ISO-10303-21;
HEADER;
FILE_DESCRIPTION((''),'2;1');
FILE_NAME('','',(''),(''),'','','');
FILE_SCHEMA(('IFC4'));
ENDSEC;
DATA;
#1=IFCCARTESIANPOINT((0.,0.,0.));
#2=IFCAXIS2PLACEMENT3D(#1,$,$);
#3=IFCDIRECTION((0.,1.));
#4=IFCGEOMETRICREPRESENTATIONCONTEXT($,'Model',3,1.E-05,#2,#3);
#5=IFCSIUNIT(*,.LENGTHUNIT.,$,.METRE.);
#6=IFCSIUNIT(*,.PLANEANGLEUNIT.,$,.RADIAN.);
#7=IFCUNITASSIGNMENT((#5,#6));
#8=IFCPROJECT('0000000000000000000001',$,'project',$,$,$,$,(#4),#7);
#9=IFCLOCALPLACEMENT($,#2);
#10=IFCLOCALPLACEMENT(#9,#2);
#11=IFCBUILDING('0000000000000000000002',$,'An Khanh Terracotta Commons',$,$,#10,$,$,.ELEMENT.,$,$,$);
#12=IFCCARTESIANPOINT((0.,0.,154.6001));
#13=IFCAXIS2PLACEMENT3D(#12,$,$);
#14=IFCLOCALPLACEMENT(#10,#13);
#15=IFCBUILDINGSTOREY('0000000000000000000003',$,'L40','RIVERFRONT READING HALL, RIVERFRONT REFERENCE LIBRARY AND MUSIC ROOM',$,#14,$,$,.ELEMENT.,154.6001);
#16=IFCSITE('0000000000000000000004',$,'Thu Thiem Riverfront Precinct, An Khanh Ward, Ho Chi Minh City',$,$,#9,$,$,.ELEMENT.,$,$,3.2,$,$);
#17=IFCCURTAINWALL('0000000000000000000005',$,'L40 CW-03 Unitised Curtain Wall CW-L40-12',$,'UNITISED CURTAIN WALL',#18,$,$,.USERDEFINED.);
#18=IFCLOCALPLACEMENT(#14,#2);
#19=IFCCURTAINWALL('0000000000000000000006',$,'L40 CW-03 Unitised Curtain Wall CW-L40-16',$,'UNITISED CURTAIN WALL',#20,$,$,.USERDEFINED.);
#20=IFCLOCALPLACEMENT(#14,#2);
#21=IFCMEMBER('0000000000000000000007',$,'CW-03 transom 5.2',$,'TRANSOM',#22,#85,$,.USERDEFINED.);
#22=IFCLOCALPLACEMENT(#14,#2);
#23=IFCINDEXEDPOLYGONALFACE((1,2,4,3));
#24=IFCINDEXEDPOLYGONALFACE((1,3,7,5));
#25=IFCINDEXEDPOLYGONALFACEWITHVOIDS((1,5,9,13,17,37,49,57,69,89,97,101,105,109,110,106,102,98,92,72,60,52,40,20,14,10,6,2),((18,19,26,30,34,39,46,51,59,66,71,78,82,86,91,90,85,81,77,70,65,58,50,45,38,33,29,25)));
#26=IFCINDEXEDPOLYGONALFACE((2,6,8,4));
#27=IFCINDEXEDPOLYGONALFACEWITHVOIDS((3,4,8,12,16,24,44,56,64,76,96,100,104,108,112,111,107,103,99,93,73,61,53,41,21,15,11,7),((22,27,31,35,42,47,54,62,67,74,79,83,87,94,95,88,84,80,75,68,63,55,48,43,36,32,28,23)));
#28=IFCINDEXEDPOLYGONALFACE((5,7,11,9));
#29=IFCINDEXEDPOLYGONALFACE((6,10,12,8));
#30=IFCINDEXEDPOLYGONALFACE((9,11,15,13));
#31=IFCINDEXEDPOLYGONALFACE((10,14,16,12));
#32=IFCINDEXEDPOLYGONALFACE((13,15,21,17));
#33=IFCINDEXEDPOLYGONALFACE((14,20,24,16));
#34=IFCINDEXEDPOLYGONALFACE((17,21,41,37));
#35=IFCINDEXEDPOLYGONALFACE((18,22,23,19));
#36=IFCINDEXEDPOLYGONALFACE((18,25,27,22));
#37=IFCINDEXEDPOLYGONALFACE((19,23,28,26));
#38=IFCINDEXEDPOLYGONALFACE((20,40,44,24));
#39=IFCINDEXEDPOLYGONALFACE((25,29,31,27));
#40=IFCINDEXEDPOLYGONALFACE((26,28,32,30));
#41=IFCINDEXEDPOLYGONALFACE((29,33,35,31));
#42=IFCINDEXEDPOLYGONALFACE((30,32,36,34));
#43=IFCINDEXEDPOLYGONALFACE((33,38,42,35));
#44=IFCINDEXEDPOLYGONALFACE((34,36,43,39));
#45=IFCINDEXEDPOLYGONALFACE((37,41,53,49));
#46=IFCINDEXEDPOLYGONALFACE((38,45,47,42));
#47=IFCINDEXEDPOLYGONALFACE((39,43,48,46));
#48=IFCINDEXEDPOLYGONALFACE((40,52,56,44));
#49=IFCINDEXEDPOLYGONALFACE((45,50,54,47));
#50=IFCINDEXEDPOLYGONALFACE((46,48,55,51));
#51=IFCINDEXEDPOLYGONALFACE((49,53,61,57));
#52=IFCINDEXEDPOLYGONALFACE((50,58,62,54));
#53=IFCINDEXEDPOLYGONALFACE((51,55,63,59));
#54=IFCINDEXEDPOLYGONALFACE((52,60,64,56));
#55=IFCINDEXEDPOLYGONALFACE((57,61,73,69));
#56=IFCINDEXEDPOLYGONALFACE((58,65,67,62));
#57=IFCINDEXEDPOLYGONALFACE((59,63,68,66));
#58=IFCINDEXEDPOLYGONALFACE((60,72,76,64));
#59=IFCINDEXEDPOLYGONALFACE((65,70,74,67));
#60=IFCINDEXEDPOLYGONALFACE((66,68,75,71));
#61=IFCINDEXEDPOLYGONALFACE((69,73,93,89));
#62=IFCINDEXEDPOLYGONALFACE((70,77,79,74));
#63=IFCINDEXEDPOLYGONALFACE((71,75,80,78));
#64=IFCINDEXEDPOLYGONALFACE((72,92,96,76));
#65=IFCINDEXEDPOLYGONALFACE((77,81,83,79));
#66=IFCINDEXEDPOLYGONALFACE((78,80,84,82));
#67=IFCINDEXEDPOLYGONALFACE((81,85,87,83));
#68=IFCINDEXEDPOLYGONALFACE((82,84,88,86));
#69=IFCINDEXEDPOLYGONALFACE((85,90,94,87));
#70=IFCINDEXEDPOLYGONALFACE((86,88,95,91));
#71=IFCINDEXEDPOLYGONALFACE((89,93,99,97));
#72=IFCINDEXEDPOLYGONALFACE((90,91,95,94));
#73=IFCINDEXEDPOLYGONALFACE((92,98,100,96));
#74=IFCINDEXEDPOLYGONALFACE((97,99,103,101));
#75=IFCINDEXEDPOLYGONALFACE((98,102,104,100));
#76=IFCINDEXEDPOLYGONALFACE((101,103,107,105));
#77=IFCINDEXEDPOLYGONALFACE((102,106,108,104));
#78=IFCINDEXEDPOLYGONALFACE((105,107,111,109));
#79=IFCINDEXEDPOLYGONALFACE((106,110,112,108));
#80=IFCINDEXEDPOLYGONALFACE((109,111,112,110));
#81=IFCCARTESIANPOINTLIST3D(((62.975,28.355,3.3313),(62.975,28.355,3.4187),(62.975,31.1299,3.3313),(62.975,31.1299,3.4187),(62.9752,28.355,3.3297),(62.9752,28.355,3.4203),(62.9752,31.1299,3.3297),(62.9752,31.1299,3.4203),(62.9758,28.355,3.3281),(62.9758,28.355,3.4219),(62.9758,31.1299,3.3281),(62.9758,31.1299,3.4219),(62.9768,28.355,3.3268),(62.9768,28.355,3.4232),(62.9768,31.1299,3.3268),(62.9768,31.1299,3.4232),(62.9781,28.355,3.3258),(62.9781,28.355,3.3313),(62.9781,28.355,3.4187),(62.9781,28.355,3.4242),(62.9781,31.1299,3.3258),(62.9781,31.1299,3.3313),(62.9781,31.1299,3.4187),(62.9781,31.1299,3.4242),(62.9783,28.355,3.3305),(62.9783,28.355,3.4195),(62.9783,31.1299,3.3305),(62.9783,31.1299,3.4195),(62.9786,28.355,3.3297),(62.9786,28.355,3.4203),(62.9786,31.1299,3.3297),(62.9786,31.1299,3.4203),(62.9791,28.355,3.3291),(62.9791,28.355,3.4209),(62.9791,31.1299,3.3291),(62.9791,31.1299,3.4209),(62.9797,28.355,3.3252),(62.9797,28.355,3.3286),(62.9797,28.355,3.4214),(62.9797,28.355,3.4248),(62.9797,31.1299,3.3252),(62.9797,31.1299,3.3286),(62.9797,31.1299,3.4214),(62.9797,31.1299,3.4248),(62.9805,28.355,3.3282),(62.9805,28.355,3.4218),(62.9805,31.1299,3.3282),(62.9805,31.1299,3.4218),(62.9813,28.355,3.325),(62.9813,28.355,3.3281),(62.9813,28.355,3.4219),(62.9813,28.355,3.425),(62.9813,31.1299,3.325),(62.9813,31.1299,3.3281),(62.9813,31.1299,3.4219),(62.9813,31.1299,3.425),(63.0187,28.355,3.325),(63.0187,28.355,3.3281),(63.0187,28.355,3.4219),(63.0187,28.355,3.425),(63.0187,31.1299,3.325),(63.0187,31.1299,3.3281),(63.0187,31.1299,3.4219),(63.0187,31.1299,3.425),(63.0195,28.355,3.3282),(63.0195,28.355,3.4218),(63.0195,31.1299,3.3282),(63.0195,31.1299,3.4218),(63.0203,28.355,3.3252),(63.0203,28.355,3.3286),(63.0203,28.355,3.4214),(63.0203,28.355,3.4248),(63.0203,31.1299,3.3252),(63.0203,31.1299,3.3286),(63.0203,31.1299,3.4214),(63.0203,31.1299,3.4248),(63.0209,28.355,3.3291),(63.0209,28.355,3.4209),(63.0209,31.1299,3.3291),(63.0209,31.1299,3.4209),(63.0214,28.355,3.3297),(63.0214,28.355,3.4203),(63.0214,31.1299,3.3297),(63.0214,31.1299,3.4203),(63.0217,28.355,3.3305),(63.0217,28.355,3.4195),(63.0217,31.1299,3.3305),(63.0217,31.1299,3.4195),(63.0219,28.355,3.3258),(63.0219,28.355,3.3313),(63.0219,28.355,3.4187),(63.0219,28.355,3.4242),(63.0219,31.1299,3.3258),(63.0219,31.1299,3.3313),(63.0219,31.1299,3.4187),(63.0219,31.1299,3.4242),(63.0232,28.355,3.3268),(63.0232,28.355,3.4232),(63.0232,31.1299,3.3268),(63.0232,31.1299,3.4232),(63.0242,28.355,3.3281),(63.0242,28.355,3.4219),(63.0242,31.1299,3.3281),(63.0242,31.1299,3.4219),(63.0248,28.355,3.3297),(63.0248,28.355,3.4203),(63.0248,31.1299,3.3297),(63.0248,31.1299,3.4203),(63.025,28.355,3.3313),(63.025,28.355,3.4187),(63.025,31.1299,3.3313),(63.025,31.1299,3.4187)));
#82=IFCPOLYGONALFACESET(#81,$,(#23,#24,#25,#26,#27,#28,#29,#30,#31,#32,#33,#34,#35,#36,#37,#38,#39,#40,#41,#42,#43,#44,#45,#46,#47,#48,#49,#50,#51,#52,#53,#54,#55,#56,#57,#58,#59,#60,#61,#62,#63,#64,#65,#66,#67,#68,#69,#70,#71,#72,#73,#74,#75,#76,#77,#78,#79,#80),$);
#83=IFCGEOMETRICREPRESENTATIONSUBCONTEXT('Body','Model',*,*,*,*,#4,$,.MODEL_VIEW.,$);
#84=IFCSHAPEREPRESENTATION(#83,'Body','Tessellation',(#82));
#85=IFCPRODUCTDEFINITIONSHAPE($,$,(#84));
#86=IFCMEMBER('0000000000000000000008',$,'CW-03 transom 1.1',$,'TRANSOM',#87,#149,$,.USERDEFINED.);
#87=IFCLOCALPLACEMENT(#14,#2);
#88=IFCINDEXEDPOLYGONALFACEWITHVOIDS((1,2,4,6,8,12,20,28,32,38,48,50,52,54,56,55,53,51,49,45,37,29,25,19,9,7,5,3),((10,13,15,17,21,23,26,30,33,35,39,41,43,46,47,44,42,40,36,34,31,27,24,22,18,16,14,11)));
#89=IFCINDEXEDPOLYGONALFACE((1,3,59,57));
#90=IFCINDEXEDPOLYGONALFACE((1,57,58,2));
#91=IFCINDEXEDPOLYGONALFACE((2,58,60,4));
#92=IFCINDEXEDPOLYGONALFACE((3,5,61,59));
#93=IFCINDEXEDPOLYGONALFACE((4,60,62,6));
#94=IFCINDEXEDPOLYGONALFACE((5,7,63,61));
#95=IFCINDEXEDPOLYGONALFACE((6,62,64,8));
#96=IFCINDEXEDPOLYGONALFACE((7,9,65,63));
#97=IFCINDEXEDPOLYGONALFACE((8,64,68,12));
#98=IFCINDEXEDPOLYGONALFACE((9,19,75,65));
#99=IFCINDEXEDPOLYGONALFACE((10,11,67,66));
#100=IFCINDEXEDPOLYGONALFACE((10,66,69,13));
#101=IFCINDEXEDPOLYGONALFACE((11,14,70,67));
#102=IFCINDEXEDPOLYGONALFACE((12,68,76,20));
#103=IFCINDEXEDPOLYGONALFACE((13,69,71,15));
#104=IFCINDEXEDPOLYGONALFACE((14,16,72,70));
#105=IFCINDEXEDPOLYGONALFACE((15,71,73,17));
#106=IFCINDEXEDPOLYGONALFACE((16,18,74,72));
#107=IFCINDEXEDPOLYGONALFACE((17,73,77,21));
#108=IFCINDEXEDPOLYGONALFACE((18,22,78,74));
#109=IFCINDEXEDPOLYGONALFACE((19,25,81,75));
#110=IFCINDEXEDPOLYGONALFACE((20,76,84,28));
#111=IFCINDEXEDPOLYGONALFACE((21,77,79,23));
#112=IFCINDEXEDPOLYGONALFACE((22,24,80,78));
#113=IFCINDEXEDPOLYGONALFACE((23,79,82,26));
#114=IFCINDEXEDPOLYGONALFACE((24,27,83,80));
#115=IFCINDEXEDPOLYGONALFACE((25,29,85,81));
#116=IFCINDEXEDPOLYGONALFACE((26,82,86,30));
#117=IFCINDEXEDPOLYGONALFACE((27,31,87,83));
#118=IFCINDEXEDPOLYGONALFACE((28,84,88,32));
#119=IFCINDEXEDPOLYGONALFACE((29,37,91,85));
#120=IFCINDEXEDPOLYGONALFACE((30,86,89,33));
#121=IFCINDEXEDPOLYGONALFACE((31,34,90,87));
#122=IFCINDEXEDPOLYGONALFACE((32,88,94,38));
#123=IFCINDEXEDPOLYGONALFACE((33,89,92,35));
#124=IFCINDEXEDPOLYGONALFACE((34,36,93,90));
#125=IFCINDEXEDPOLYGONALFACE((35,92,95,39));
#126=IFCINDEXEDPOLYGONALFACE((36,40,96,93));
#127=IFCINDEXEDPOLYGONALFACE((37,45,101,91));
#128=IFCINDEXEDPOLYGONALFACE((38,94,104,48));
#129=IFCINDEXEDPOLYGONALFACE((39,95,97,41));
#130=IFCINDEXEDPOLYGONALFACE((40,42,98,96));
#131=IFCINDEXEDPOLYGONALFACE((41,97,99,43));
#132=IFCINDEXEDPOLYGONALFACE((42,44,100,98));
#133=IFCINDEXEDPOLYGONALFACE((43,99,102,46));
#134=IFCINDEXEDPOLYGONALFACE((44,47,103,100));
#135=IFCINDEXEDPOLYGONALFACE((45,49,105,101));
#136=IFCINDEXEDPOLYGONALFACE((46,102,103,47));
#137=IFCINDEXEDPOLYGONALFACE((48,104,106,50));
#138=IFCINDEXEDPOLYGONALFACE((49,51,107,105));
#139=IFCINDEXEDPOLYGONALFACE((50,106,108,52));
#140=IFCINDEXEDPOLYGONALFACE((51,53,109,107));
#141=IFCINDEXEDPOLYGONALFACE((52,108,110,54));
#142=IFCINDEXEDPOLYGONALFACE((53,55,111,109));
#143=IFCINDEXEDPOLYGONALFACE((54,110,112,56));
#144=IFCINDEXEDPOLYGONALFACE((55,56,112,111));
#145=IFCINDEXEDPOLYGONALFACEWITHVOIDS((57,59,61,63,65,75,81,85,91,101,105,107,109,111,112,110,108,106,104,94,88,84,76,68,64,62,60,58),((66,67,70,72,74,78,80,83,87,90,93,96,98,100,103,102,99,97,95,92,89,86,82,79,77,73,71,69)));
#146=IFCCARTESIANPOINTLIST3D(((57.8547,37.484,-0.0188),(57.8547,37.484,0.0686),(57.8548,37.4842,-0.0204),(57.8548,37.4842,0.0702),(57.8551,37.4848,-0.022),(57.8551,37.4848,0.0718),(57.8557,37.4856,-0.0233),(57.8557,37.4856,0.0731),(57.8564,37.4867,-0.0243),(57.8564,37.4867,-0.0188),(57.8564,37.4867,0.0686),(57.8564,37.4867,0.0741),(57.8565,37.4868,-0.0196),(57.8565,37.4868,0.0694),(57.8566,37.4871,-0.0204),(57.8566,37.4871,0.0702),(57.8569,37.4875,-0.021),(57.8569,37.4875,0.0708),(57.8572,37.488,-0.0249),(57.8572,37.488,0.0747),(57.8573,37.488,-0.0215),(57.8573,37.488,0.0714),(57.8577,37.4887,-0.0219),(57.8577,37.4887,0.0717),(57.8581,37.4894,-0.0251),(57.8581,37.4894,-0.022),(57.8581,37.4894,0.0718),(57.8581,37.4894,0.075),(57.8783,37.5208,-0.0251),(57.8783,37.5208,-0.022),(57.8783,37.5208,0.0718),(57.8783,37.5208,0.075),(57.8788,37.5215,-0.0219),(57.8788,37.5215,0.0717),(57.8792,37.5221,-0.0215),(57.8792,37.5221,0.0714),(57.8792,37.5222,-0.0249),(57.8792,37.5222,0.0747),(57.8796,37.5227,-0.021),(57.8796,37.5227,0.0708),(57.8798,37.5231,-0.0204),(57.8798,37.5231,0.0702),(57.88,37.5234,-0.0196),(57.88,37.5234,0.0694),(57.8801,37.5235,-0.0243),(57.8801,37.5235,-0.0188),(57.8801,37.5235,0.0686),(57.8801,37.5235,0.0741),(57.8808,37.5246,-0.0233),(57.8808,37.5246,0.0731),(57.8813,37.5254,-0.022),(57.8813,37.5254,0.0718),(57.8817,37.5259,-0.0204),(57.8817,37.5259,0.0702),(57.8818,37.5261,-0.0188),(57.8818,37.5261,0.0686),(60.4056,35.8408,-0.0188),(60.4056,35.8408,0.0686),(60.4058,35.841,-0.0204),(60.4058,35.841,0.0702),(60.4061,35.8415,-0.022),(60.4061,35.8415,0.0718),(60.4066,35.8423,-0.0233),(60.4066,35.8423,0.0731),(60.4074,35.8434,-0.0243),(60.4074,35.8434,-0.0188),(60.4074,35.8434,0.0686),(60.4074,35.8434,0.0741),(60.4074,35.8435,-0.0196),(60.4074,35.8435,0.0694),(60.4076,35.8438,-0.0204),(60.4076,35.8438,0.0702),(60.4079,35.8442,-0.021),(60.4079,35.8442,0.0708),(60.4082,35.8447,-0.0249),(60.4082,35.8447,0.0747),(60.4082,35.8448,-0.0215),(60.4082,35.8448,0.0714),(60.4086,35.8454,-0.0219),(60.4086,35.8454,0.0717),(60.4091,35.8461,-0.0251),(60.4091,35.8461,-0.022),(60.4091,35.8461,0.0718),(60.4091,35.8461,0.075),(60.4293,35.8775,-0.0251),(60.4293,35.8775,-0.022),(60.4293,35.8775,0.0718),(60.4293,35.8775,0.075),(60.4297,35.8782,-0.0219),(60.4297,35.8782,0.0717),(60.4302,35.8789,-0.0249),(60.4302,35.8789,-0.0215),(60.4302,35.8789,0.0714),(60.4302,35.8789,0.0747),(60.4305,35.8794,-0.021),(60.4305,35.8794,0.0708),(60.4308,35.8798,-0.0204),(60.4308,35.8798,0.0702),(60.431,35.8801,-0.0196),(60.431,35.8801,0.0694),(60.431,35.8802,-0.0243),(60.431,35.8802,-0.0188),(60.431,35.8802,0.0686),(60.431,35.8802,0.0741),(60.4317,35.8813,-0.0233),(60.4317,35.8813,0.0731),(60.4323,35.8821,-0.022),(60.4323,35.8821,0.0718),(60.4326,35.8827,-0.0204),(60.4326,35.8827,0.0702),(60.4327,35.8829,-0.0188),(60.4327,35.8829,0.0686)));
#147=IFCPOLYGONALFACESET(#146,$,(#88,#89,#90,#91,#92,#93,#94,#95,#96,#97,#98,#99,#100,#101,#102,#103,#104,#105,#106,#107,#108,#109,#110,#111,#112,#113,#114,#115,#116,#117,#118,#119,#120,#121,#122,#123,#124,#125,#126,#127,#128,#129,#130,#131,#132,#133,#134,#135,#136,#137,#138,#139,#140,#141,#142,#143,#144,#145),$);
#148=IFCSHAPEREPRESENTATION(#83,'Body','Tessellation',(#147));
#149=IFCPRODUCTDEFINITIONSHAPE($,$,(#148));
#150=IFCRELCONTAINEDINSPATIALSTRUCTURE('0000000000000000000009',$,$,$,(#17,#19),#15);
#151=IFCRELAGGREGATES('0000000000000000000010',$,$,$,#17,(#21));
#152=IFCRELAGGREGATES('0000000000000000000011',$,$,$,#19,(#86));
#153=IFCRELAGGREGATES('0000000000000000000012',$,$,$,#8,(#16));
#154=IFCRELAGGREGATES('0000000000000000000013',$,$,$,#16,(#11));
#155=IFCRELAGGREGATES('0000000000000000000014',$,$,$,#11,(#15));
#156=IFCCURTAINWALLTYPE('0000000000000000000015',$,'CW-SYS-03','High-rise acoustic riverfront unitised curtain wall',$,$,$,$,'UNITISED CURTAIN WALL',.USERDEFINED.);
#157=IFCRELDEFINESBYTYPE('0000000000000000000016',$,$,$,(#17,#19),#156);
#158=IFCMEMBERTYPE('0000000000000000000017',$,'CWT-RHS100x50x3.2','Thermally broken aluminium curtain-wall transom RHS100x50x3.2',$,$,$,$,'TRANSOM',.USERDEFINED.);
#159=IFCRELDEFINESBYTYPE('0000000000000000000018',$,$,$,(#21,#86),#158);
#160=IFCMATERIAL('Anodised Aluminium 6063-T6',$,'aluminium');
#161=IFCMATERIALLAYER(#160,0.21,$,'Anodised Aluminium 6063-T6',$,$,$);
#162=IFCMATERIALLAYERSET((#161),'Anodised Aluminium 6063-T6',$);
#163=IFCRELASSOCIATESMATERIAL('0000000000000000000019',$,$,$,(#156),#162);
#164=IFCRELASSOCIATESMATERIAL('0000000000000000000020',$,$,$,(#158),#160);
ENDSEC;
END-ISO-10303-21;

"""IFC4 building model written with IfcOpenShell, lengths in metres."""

from ifc_helpers import new_model, si_unit, direction, frame, origin, origin_2d, place, context, subcontext, project, spatial, hollow_rectangle, extrude, material, layer, layer_set, material_profile, profile_set, type_object, element, aggregate, save


model = new_model("IFC4")

# Units and contexts
model_context = context("Model", 3, precision=1e-05, world=origin(), true_north=direction((0.0, 1.0)))
body_context = subcontext(model_context, "Body", "Model", "MODEL_VIEW")
ifc_project = project(units=[si_unit("LENGTHUNIT", "METRE"), si_unit("PLANEANGLEUNIT", "RADIAN")], contexts=[model_context])

# Site, building, storey
site_placement = place(None, origin())
site = spatial("IfcSite", under=ifc_project, at=site_placement, Name="Thu Thiem Riverfront Precinct, An Khanh Ward, Ho Chi Minh City", CompositionType="ELEMENT", RefElevation=3.2)
building_placement = place(site_placement, origin())
building = spatial("IfcBuilding", under=site, at=building_placement, Name="An Khanh Terracotta Commons", CompositionType="ELEMENT")
storey_placement = place(building_placement, frame((0.0, 0.0, 154.6001)))
storey = spatial("IfcBuildingStorey", under=building, at=storey_placement, Name="L40", Description="RIVERFRONT READING HALL, RIVERFRONT REFERENCE LIBRARY AND MUSIC ROOM", CompositionType="ELEMENT", Elevation=154.6001)

# Curtain walls
ifc_material_1 = material(Name="Anodised Aluminium 6063-T6", Category="aluminium")
ifc_layer_1 = layer(ifc_material_1, 0.21, Name="Anodised Aluminium 6063-T6")
ifc_layer_set_1 = layer_set([ifc_layer_1], Name="Anodised Aluminium 6063-T6")
curtain_wall_type = type_object("IfcCurtainWallType", Name="CW-SYS-03", Description="High-rise acoustic riverfront unitised curtain wall", ElementType="UNITISED CURTAIN WALL", PredefinedType="USERDEFINED", material=ifc_layer_set_1)
curtain_wall_1_placement = place(storey_placement, origin())
curtain_wall_1 = element("IfcCurtainWall", 1, at=curtain_wall_1_placement, inside=storey, type_object=curtain_wall_type, Name="L40 CW-03 Unitised Curtain Wall CW-L40-12", ObjectType="UNITISED CURTAIN WALL", PredefinedType="USERDEFINED")
curtain_wall_2_placement = place(storey_placement, origin())
curtain_wall_2 = element("IfcCurtainWall", 2, at=curtain_wall_2_placement, inside=storey, type_object=curtain_wall_type, Name="L40 CW-03 Unitised Curtain Wall CW-L40-16", ObjectType="UNITISED CURTAIN WALL", PredefinedType="USERDEFINED")

# Members
ifc_material_profile_1 = material_profile(ifc_material_1, hollow_rectangle(XDim=0.05, YDim=0.1001, WallThickness=0.0032, InnerFilletRadius=0.0032, OuterFilletRadius=0.0063, at=origin_2d()), Name="RHS100x50x3.2")
ifc_profile_set_1 = profile_set([ifc_material_profile_1], Name="Anodised Aluminium 6063-T6")
member_type_1 = type_object("IfcMemberType", Name="CWT-RHS100x50x3.2", Description="Thermally broken aluminium curtain-wall transom RHS100x50x3.2", ElementType="TRANSOM", PredefinedType="USERDEFINED", material=ifc_profile_set_1)
member_1_placement = place(storey_placement, frame((63.0, 28.355, 3.375), z_axis=(0.0, 1.0, 0.0), x_axis=(-1.0, 0.0, 0.0)))
member_1 = element("IfcMember", 3, at=member_1_placement, type_object=member_type_1, Name="CW-03 transom 5.2", ObjectType="TRANSOM", PredefinedType="USERDEFINED", context=body_context, shape_type="SweptSolid", body=[
    extrude(hollow_rectangle(XDim=0.05, YDim=0.1001, WallThickness=0.0032, InnerFilletRadius=0.0032, OuterFilletRadius=0.0063, at=origin_2d()), origin(), (0.0, 0.0, 1.0), 2.7749),
])
member_2_placement = place(storey_placement, frame((60.4192, 35.8618, 0.0249), z_axis=(-0.840674, 0.541542, 0.0), x_axis=(-0.541542, -0.840674, 0.0)))
member_2 = element("IfcMember", 4, at=member_2_placement, type_object=member_type_1, Name="CW-03 transom 1.1", ObjectType="TRANSOM", PredefinedType="USERDEFINED", context=body_context, shape_type="SweptSolid", body=[
    extrude(hollow_rectangle(XDim=0.05, YDim=0.1001, WallThickness=0.0032, InnerFilletRadius=0.0032, OuterFilletRadius=0.0063, at=origin_2d()), origin(), (0.0, 0.0, 1.0), 3.0344),
])

aggregate(curtain_wall_1, [member_1])
aggregate(curtain_wall_2, [member_2])

save(model, "model.ifc")
